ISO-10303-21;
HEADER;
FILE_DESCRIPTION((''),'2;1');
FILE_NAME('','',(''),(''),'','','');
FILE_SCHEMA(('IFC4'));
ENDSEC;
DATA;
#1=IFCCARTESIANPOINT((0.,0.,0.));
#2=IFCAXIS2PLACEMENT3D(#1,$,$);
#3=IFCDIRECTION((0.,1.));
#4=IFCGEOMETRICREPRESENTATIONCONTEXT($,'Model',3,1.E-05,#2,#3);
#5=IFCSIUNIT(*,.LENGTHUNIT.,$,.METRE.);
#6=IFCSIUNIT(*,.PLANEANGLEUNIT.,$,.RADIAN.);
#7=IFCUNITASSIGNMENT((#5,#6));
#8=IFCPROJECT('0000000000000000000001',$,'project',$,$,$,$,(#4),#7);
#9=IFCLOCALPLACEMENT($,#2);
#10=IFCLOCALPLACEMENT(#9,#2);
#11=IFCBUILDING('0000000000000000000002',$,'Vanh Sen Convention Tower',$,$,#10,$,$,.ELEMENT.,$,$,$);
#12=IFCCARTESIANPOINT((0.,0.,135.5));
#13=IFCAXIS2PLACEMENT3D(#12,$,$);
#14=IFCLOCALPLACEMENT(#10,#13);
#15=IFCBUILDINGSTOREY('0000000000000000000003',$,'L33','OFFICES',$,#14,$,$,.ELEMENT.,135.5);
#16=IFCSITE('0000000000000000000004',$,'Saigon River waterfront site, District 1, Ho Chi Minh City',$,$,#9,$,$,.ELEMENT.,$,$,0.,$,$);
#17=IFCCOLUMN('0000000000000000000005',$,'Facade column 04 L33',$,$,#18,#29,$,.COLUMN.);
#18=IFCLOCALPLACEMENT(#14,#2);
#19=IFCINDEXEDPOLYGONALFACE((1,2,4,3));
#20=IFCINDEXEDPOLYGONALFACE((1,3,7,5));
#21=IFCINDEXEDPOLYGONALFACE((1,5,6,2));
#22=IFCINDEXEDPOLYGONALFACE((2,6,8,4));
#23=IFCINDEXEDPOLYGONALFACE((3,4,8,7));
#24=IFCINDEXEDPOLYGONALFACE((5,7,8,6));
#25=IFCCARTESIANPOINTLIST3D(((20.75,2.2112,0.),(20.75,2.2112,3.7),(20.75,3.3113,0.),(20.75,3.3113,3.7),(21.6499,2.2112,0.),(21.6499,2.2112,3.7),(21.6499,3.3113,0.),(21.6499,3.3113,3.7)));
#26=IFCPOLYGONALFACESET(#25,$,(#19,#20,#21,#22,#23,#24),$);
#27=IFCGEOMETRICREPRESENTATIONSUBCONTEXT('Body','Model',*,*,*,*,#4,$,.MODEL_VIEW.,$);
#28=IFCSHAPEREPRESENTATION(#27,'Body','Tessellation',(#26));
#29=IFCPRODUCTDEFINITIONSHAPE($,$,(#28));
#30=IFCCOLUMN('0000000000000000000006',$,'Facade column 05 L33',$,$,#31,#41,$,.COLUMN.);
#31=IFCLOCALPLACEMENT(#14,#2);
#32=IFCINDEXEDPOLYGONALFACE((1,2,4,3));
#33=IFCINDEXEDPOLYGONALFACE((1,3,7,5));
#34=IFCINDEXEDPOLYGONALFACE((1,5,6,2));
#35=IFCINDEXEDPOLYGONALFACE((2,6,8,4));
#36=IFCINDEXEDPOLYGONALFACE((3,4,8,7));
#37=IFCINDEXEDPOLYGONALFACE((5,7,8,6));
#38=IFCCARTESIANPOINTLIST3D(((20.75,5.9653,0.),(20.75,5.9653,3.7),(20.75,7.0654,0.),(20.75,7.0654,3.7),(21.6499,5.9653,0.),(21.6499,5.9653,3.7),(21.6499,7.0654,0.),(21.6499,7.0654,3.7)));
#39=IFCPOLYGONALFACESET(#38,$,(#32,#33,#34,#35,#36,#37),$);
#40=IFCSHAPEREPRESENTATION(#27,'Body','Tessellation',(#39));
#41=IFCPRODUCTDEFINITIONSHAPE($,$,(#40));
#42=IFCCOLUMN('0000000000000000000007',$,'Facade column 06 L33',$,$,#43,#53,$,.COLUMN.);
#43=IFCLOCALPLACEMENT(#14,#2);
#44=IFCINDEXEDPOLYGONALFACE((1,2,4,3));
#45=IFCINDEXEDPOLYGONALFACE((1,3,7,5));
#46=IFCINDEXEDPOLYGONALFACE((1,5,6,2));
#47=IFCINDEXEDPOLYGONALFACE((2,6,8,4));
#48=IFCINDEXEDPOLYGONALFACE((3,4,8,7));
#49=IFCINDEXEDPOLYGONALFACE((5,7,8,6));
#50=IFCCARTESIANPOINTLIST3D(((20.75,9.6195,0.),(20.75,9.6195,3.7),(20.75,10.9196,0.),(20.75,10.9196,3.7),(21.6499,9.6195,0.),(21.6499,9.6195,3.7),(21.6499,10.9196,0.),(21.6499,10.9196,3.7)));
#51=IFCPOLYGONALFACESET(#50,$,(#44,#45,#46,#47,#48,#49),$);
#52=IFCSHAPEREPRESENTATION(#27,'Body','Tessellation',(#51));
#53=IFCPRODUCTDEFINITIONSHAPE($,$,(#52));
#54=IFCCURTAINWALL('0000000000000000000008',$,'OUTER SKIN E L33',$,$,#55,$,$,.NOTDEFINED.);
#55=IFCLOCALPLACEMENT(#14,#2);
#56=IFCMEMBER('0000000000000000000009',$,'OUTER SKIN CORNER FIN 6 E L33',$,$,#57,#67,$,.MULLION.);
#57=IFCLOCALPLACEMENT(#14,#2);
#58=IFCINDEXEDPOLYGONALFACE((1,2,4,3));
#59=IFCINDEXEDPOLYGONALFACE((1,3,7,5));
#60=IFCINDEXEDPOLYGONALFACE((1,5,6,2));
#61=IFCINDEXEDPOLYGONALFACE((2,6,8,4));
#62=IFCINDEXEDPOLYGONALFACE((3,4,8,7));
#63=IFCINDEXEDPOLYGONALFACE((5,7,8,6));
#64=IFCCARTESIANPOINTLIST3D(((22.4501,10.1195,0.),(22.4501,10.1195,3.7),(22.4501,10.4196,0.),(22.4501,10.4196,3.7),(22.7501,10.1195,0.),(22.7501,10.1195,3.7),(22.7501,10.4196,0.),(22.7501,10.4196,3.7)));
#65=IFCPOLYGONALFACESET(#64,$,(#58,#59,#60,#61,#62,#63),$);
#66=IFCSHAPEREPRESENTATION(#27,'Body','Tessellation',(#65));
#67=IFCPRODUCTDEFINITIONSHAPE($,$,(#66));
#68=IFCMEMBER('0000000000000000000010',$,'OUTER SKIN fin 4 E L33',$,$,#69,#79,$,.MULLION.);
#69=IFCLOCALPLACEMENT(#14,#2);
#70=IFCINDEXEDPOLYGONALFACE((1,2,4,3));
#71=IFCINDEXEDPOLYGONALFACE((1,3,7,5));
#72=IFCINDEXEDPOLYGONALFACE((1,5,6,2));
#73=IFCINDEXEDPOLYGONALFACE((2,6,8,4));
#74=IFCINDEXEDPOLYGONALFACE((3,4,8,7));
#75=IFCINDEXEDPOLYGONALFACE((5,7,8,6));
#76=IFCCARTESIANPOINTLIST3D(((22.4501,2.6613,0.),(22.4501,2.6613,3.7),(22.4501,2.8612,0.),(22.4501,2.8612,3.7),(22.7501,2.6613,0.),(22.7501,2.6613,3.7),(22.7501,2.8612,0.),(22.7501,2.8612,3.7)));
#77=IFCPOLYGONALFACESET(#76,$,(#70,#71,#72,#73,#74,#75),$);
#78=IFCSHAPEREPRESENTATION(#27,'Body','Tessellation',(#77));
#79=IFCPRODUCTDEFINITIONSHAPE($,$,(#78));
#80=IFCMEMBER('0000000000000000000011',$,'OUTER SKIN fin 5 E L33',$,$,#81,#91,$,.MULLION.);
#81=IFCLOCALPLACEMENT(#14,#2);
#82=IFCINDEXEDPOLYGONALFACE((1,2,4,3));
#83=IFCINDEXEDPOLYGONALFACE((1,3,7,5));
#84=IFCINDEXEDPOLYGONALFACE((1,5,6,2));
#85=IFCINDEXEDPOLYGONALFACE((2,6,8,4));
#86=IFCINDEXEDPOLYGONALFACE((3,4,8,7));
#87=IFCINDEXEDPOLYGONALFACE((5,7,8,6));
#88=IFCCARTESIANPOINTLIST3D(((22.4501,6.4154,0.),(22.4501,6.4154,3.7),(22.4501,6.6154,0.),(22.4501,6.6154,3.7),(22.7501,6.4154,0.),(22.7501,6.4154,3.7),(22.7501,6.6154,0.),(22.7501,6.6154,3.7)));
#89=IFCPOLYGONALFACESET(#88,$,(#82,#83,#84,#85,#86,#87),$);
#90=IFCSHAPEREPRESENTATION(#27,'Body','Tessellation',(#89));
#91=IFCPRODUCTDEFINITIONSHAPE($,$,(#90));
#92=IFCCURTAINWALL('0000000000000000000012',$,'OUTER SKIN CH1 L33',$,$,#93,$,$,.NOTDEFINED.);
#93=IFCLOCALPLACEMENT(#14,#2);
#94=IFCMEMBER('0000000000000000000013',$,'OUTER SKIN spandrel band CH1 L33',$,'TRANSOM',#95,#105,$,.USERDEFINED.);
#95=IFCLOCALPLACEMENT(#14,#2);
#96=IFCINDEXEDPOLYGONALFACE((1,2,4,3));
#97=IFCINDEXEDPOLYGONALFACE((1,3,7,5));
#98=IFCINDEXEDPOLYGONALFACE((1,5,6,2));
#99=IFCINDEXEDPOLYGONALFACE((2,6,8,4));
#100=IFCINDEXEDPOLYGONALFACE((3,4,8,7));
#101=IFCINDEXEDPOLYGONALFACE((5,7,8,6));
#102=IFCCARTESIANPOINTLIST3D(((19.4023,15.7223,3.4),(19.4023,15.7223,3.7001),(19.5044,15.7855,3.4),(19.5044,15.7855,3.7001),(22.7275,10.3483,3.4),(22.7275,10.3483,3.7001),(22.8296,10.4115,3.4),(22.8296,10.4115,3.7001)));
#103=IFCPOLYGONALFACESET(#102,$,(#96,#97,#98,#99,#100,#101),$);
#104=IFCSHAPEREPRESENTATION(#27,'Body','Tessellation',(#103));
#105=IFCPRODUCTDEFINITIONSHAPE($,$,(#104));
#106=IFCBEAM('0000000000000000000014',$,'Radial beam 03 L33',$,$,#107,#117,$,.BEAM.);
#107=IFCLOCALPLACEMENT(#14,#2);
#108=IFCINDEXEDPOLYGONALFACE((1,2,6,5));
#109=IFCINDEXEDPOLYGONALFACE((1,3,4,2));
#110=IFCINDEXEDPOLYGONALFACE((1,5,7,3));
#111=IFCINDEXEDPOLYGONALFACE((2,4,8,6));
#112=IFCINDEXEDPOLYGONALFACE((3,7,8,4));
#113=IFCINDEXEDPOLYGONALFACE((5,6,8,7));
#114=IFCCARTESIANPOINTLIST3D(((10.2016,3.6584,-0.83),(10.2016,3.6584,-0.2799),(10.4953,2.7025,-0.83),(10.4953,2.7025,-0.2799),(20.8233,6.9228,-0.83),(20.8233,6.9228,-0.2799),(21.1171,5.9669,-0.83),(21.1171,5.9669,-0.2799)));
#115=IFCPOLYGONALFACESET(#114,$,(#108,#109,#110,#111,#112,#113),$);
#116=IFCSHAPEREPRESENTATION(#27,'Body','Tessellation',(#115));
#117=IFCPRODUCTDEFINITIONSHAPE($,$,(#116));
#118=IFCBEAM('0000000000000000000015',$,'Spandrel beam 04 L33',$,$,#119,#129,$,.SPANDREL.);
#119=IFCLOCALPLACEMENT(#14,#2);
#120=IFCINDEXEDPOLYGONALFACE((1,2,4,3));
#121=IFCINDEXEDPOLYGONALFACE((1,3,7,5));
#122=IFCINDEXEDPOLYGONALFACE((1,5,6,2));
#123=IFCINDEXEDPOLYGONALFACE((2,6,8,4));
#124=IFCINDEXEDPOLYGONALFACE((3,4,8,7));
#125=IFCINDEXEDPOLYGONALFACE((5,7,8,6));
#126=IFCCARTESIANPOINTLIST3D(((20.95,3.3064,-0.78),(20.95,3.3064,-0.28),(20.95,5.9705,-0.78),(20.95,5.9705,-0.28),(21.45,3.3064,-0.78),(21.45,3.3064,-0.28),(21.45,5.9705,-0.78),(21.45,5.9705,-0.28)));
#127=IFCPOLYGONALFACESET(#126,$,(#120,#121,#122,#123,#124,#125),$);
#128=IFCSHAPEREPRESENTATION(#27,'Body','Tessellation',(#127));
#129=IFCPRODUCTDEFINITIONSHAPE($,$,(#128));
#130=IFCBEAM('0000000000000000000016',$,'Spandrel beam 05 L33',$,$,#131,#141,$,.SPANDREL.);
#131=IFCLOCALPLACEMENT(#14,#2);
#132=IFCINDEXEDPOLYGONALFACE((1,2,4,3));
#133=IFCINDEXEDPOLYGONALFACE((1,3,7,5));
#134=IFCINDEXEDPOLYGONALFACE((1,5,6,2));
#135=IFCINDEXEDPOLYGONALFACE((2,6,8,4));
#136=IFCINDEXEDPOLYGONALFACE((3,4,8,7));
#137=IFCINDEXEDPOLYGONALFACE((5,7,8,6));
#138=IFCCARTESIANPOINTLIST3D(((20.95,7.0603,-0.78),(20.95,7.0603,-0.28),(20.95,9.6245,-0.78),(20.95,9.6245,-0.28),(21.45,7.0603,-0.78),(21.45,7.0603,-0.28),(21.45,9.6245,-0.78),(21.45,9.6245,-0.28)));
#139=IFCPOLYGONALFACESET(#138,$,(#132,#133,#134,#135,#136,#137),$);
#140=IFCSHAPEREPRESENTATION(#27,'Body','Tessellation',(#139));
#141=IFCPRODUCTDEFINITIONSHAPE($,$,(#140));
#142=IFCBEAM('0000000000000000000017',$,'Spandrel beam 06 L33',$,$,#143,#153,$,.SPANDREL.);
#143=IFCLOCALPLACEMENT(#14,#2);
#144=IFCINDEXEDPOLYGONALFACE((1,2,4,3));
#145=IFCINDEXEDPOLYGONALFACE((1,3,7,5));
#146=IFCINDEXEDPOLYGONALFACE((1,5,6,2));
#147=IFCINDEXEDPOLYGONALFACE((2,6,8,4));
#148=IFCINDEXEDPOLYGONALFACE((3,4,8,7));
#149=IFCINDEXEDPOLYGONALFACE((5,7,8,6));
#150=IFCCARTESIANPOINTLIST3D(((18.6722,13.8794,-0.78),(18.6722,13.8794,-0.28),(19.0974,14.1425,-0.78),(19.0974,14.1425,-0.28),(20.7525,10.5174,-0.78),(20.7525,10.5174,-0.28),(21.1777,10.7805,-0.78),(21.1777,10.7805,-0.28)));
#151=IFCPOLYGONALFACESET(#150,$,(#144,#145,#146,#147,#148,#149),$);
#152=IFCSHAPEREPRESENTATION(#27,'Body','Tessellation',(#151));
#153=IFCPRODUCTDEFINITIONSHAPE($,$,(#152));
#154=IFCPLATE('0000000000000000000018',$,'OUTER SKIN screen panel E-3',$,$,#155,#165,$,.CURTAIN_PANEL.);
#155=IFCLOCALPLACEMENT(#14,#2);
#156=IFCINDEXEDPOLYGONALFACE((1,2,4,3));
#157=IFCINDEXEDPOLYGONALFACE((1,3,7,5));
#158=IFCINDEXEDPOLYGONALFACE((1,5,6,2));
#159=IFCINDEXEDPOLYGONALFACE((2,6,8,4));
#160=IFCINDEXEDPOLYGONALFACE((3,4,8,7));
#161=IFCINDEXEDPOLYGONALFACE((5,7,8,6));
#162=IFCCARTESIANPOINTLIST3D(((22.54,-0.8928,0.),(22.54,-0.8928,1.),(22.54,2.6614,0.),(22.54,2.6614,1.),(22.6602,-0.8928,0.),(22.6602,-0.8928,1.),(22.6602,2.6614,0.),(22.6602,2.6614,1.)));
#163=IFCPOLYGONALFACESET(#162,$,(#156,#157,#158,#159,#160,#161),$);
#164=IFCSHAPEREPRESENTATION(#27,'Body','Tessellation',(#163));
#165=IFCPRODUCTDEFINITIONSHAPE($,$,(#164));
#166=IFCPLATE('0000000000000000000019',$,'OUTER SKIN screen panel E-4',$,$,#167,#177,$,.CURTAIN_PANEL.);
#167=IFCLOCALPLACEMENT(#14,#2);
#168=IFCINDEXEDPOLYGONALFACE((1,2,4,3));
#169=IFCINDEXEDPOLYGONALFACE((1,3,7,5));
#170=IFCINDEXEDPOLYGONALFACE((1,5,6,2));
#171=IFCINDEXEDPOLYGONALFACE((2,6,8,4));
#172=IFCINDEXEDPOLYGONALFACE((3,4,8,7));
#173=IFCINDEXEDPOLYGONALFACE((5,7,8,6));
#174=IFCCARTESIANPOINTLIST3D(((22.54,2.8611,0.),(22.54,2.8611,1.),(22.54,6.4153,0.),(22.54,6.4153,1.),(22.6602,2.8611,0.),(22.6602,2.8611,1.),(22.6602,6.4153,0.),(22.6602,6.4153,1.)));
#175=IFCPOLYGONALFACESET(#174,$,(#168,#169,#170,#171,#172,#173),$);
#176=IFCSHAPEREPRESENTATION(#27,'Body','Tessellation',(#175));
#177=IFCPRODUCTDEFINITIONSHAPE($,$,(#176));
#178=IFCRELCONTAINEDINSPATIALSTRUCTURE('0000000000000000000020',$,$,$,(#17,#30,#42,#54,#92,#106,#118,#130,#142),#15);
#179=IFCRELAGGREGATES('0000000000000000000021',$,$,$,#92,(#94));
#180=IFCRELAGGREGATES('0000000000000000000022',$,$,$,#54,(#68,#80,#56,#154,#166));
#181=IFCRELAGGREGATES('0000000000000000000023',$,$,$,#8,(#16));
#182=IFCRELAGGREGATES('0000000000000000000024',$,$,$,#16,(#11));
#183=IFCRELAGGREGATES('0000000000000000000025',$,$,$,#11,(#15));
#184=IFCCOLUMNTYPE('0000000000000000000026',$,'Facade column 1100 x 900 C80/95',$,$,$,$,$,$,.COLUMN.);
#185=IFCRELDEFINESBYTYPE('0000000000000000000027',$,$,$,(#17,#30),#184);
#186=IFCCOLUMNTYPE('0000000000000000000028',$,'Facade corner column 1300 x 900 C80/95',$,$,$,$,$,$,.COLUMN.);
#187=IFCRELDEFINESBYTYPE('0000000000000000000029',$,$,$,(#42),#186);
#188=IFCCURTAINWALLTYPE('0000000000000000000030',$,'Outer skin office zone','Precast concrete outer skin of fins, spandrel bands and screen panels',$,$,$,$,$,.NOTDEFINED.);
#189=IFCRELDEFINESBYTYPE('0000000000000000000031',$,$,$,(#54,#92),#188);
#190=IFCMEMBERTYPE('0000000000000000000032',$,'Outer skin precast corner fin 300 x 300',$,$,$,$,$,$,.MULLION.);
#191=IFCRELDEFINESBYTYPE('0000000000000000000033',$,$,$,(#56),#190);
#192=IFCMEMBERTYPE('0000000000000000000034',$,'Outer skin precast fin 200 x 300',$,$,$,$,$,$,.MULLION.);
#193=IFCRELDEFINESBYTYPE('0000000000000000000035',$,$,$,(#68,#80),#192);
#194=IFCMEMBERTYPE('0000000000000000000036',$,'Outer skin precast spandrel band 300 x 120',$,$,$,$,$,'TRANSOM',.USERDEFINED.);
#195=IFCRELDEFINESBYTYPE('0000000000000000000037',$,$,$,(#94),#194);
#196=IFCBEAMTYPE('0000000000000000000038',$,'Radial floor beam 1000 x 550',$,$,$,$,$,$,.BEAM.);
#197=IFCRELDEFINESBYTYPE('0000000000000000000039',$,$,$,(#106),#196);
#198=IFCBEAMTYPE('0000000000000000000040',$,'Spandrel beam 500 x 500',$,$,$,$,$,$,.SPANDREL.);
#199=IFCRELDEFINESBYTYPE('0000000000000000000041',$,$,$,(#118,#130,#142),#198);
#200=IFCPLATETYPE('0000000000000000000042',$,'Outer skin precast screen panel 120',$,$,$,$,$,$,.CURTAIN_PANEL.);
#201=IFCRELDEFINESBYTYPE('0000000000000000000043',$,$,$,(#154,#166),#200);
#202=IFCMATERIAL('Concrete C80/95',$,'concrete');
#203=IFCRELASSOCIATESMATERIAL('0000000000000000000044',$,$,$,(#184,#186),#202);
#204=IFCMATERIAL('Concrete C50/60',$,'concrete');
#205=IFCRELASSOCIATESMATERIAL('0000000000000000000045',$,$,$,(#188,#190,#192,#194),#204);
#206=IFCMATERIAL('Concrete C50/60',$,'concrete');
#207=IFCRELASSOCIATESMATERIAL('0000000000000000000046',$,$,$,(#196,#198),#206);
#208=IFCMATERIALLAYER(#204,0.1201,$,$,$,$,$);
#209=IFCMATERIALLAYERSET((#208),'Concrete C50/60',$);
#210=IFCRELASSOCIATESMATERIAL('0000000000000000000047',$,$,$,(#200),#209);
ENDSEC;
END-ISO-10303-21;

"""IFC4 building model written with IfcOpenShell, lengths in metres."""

from ifc_helpers import new_model, si_unit, direction, frame, origin, origin_2d, place, context, subcontext, project, spatial, rectangle, extrude, material, layer, layer_set, material_profile, profile_set, type_object, element, aggregate, save


model = new_model("IFC4")

# Units and contexts
model_context = context("Model", 3, precision=1e-05, world=origin(), true_north=direction((0.0, 1.0)))
body_context = subcontext(model_context, "Body", "Model", "MODEL_VIEW")
ifc_project = project(units=[si_unit("LENGTHUNIT", "METRE"), si_unit("PLANEANGLEUNIT", "RADIAN")], contexts=[model_context])

# Site, building, storey
site_placement = place(None, origin())
site = spatial("IfcSite", under=ifc_project, at=site_placement, Name="Saigon River waterfront site, District 1, Ho Chi Minh City", CompositionType="ELEMENT", RefElevation=0.0)
building_placement = place(site_placement, origin())
building = spatial("IfcBuilding", under=site, at=building_placement, Name="Vanh Sen Convention Tower", CompositionType="ELEMENT")
storey_placement = place(building_placement, frame((0.0, 0.0, 135.5)))
storey = spatial("IfcBuildingStorey", under=building, at=storey_placement, Name="L33", Description="OFFICES", CompositionType="ELEMENT", Elevation=135.5)

# Columns
ifc_material_1 = material(Name="Concrete C80/95", Category="concrete")
ifc_material_profile_1 = material_profile(ifc_material_1, rectangle(XDim=1.1001, YDim=0.8999, at=origin_2d()), Name="RC 1100X900")
ifc_profile_set_1 = profile_set([ifc_material_profile_1], Name="Concrete C80/95")
column_type_1 = type_object("IfcColumnType", Name="Facade column 1100 x 900 C80/95", PredefinedType="COLUMN", material=ifc_profile_set_1)
for number, where, z_axis, x_axis, name in (
    (1, (21.2, 2.7612, 0.0), (0.0, 0.0, 1.0), (0.0, 1.0, 0.0), "Facade column 04 L33"),
    (2, (21.2, 6.5154, 0.0), (0.0, 0.0, 1.0), (0.0, 1.0, 0.0), "Facade column 05 L33"),
):
    element("IfcColumn", number, at=place(storey_placement, frame(where, z_axis=z_axis, x_axis=x_axis)), inside=storey, type_object=column_type_1, Name=name, PredefinedType="COLUMN", context=body_context, shape_type="SweptSolid", body=[
        extrude(rectangle(XDim=1.1001, YDim=0.8999, at=origin_2d()), origin(), (0.0, 0.0, 1.0), 3.7),
    ])
ifc_material_profile_2 = material_profile(ifc_material_1, rectangle(XDim=1.3, YDim=0.8999, at=origin_2d()), Name="RC 1300X900")
ifc_profile_set_2 = profile_set([ifc_material_profile_2], Name="Concrete C80/95")
column_type_2 = type_object("IfcColumnType", Name="Facade corner column 1300 x 900 C80/95", PredefinedType="COLUMN", material=ifc_profile_set_2)
column_placement = place(storey_placement, frame((21.2, 10.2695, 0.0), z_axis=(0.0, 0.0, 1.0), x_axis=(0.0, 1.0, 0.0)))
element("IfcColumn", 3, at=column_placement, inside=storey, type_object=column_type_2, Name="Facade column 06 L33", PredefinedType="COLUMN", context=body_context, shape_type="SweptSolid", body=[
    extrude(rectangle(XDim=1.3, YDim=0.8999, at=origin_2d()), origin(), (0.0, 0.0, 1.0), 3.7),
])

# Curtain wall, members
ifc_material_2 = material(Name="Concrete C50/60", Category="concrete")
curtain_wall_type = type_object("IfcCurtainWallType", Name="Outer skin office zone", Description="Precast concrete outer skin of fins, spandrel bands and screen panels", PredefinedType="NOTDEFINED", material=ifc_material_2)
curtain_wall_1_placement = place(storey_placement, origin())
curtain_wall_1 = element("IfcCurtainWall", 4, at=curtain_wall_1_placement, inside=storey, type_object=curtain_wall_type, Name="OUTER SKIN E L33", PredefinedType="NOTDEFINED")
ifc_material_profile_3 = material_profile(ifc_material_2, rectangle(XDim=0.3, YDim=0.3, at=origin_2d()), Name="Outer skin precast corner fin 300 x 300")
ifc_profile_set_3 = profile_set([ifc_material_profile_3], Name="Concrete C50/60")
member_type_1 = type_object("IfcMemberType", Name="Outer skin precast corner fin 300 x 300", PredefinedType="MULLION", material=ifc_profile_set_3)
member_1_placement = place(storey_placement, frame((22.6001, 10.2695, 0.0), z_axis=(0.0, 0.0, 1.0), x_axis=(0.0, 1.0, 0.0)))
member_1 = element("IfcMember", 5, at=member_1_placement, type_object=member_type_1, Name="OUTER SKIN CORNER FIN 6 E L33", PredefinedType="MULLION", context=body_context, shape_type="SweptSolid", body=[
    extrude(rectangle(XDim=0.3, YDim=0.3, at=origin_2d()), origin(), (0.0, 0.0, 1.0), 3.7),
])
ifc_material_profile_4 = material_profile(ifc_material_2, rectangle(XDim=0.2, YDim=0.3, at=origin_2d()), Name="Outer skin precast fin 200 x 300")
ifc_profile_set_4 = profile_set([ifc_material_profile_4], Name="Concrete C50/60")
member_type_2 = type_object("IfcMemberType", Name="Outer skin precast fin 200 x 300", PredefinedType="MULLION", material=ifc_profile_set_4)
member_2_placement = place(storey_placement, frame((22.6001, 2.7612, 0.0), z_axis=(0.0, 0.0, 1.0), x_axis=(0.0, 1.0, 0.0)))
member_2 = element("IfcMember", 6, at=member_2_placement, type_object=member_type_2, Name="OUTER SKIN fin 4 E L33", PredefinedType="MULLION", context=body_context, shape_type="SweptSolid", body=[
    extrude(rectangle(XDim=0.2, YDim=0.3, at=origin_2d()), origin(), (0.0, 0.0, 1.0), 3.7),
])
member_3_placement = place(storey_placement, frame((22.6001, 6.5154, 0.0), z_axis=(0.0, 0.0, 1.0), x_axis=(0.0, 1.0, 0.0)))
member_3 = element("IfcMember", 7, at=member_3_placement, type_object=member_type_2, Name="OUTER SKIN fin 5 E L33", PredefinedType="MULLION", context=body_context, shape_type="SweptSolid", body=[
    extrude(rectangle(XDim=0.2, YDim=0.3, at=origin_2d()), origin(), (0.0, 0.0, 1.0), 3.7),
])

# Curtain wall, member
curtain_wall_2_placement = place(storey_placement, origin())
curtain_wall_2 = element("IfcCurtainWall", 8, at=curtain_wall_2_placement, inside=storey, type_object=curtain_wall_type, Name="OUTER SKIN CH1 L33", PredefinedType="NOTDEFINED")
ifc_material_profile_5 = material_profile(ifc_material_2, rectangle(XDim=0.1201, YDim=0.3, at=origin_2d()), Name="Outer skin precast spandrel band 300 x 120")
ifc_profile_set_5 = profile_set([ifc_material_profile_5], Name="Concrete C50/60")
member_type_3 = type_object("IfcMemberType", Name="Outer skin precast spandrel band 300 x 120", ElementType="TRANSOM", PredefinedType="USERDEFINED", material=ifc_profile_set_5)
member_4_placement = place(storey_placement, frame((22.7786, 10.3799, 3.55), z_axis=(-0.526174, 0.850377, 0.0), x_axis=(-0.850377, -0.526174, 0.0)))
member_4 = element("IfcMember", 9, at=member_4_placement, type_object=member_type_3, Name="OUTER SKIN spandrel band CH1 L33", ObjectType="TRANSOM", PredefinedType="USERDEFINED", context=body_context, shape_type="SweptSolid", body=[
    extrude(rectangle(XDim=0.1201, YDim=0.3, at=origin_2d()), origin(), (0.0, 0.0, 1.0), 6.3196),
])
aggregate(curtain_wall_2, [member_4])

# Beams
ifc_material_3 = material(Name="Concrete C50/60", Category="concrete")
ifc_material_profile_6 = material_profile(ifc_material_3, rectangle(XDim=1.0, YDim=0.55, at=origin_2d()), Name="RC 1000X550")
ifc_profile_set_6 = profile_set([ifc_material_profile_6], Name="Concrete C50/60")
beam_type_1 = type_object("IfcBeamType", Name="Radial floor beam 1000 x 550", PredefinedType="BEAM", material=ifc_profile_set_6)
beam_1_placement = place(storey_placement, frame((20.9702, 6.4448, -0.5549), z_axis=(-0.955876, -0.293769, 0.0), x_axis=(0.293769, -0.955876, 0.0)))
element("IfcBeam", 10, at=beam_1_placement, inside=storey, type_object=beam_type_1, Name="Radial beam 03 L33", PredefinedType="BEAM", context=body_context, shape_type="SweptSolid", body=[
    extrude(rectangle(XDim=1.0, YDim=0.55, at=origin_2d()), origin(), (0.0, 0.0, 1.0), 11.1121),
])
ifc_material_profile_7 = material_profile(ifc_material_3, rectangle(XDim=0.5, YDim=0.5, at=origin_2d()), Name="RC 500X500")
ifc_profile_set_7 = profile_set([ifc_material_profile_7], Name="Concrete C50/60")
beam_type_2 = type_object("IfcBeamType", Name="Spandrel beam 500 x 500", PredefinedType="SPANDREL", material=ifc_profile_set_7)
beam_2_placement = place(storey_placement, frame((21.2, 3.3064, -0.53), z_axis=(0.0, 1.0, 0.0), x_axis=(-1.0, 0.0, 0.0)))
element("IfcBeam", 11, at=beam_2_placement, inside=storey, type_object=beam_type_2, Name="Spandrel beam 04 L33", PredefinedType="SPANDREL", context=body_context, shape_type="SweptSolid", body=[
    extrude(rectangle(XDim=0.5, YDim=0.5, at=origin_2d()), origin(), (0.0, 0.0, 1.0), 2.6641),
])
beam_3_placement = place(storey_placement, frame((21.2, 7.0603, -0.53), z_axis=(0.0, 1.0, 0.0), x_axis=(-1.0, 0.0, 0.0)))
element("IfcBeam", 12, at=beam_3_placement, inside=storey, type_object=beam_type_2, Name="Spandrel beam 05 L33", PredefinedType="SPANDREL", context=body_context, shape_type="SweptSolid", body=[
    extrude(rectangle(XDim=0.5, YDim=0.5, at=origin_2d()), origin(), (0.0, 0.0, 1.0), 2.5642),
])
beam_4_placement = place(storey_placement, frame((20.9651, 10.6489, -0.53), z_axis=(-0.52618, 0.850373, 0.0), x_axis=(-0.850373, -0.52618, 0.0)))
element("IfcBeam", 13, at=beam_4_placement, inside=storey, type_object=beam_type_2, Name="Spandrel beam 06 L33", PredefinedType="SPANDREL", context=body_context, shape_type="SweptSolid", body=[
    extrude(rectangle(XDim=0.5, YDim=0.5, at=origin_2d()), origin(), (0.0, 0.0, 1.0), 3.9536),
])

# Plates
ifc_layer_1 = layer(ifc_material_2, 0.1201)
ifc_layer_set_1 = layer_set([ifc_layer_1], Name="Concrete C50/60")
plate_type = type_object("IfcPlateType", Name="Outer skin precast screen panel 120", PredefinedType="CURTAIN_PANEL", material=ifc_layer_set_1)
plate_1_placement = place(storey_placement, frame((22.6001, 0.8843, 0.0), z_axis=(0.0, 0.0, 1.0), x_axis=(0.0, 1.0, 0.0)))
plate_1 = element("IfcPlate", 14, at=plate_1_placement, type_object=plate_type, Name="OUTER SKIN screen panel E-3", PredefinedType="CURTAIN_PANEL", context=body_context, shape_type="SweptSolid", body=[
    extrude(rectangle(XDim=3.5542, YDim=0.1201, at=origin_2d()), origin(), (0.0, 0.0, 1.0), 1.0),
])
plate_2_placement = place(storey_placement, frame((22.6001, 4.6382, 0.0), z_axis=(0.0, 0.0, 1.0), x_axis=(0.0, 1.0, 0.0)))
plate_2 = element("IfcPlate", 15, at=plate_2_placement, type_object=plate_type, Name="OUTER SKIN screen panel E-4", PredefinedType="CURTAIN_PANEL", context=body_context, shape_type="SweptSolid", body=[
    extrude(rectangle(XDim=3.5542, YDim=0.1201, at=origin_2d()), origin(), (0.0, 0.0, 1.0), 1.0),
])
aggregate(curtain_wall_1, [member_2, member_3, member_1, plate_1, plate_2])

save(model, "model.ifc")
